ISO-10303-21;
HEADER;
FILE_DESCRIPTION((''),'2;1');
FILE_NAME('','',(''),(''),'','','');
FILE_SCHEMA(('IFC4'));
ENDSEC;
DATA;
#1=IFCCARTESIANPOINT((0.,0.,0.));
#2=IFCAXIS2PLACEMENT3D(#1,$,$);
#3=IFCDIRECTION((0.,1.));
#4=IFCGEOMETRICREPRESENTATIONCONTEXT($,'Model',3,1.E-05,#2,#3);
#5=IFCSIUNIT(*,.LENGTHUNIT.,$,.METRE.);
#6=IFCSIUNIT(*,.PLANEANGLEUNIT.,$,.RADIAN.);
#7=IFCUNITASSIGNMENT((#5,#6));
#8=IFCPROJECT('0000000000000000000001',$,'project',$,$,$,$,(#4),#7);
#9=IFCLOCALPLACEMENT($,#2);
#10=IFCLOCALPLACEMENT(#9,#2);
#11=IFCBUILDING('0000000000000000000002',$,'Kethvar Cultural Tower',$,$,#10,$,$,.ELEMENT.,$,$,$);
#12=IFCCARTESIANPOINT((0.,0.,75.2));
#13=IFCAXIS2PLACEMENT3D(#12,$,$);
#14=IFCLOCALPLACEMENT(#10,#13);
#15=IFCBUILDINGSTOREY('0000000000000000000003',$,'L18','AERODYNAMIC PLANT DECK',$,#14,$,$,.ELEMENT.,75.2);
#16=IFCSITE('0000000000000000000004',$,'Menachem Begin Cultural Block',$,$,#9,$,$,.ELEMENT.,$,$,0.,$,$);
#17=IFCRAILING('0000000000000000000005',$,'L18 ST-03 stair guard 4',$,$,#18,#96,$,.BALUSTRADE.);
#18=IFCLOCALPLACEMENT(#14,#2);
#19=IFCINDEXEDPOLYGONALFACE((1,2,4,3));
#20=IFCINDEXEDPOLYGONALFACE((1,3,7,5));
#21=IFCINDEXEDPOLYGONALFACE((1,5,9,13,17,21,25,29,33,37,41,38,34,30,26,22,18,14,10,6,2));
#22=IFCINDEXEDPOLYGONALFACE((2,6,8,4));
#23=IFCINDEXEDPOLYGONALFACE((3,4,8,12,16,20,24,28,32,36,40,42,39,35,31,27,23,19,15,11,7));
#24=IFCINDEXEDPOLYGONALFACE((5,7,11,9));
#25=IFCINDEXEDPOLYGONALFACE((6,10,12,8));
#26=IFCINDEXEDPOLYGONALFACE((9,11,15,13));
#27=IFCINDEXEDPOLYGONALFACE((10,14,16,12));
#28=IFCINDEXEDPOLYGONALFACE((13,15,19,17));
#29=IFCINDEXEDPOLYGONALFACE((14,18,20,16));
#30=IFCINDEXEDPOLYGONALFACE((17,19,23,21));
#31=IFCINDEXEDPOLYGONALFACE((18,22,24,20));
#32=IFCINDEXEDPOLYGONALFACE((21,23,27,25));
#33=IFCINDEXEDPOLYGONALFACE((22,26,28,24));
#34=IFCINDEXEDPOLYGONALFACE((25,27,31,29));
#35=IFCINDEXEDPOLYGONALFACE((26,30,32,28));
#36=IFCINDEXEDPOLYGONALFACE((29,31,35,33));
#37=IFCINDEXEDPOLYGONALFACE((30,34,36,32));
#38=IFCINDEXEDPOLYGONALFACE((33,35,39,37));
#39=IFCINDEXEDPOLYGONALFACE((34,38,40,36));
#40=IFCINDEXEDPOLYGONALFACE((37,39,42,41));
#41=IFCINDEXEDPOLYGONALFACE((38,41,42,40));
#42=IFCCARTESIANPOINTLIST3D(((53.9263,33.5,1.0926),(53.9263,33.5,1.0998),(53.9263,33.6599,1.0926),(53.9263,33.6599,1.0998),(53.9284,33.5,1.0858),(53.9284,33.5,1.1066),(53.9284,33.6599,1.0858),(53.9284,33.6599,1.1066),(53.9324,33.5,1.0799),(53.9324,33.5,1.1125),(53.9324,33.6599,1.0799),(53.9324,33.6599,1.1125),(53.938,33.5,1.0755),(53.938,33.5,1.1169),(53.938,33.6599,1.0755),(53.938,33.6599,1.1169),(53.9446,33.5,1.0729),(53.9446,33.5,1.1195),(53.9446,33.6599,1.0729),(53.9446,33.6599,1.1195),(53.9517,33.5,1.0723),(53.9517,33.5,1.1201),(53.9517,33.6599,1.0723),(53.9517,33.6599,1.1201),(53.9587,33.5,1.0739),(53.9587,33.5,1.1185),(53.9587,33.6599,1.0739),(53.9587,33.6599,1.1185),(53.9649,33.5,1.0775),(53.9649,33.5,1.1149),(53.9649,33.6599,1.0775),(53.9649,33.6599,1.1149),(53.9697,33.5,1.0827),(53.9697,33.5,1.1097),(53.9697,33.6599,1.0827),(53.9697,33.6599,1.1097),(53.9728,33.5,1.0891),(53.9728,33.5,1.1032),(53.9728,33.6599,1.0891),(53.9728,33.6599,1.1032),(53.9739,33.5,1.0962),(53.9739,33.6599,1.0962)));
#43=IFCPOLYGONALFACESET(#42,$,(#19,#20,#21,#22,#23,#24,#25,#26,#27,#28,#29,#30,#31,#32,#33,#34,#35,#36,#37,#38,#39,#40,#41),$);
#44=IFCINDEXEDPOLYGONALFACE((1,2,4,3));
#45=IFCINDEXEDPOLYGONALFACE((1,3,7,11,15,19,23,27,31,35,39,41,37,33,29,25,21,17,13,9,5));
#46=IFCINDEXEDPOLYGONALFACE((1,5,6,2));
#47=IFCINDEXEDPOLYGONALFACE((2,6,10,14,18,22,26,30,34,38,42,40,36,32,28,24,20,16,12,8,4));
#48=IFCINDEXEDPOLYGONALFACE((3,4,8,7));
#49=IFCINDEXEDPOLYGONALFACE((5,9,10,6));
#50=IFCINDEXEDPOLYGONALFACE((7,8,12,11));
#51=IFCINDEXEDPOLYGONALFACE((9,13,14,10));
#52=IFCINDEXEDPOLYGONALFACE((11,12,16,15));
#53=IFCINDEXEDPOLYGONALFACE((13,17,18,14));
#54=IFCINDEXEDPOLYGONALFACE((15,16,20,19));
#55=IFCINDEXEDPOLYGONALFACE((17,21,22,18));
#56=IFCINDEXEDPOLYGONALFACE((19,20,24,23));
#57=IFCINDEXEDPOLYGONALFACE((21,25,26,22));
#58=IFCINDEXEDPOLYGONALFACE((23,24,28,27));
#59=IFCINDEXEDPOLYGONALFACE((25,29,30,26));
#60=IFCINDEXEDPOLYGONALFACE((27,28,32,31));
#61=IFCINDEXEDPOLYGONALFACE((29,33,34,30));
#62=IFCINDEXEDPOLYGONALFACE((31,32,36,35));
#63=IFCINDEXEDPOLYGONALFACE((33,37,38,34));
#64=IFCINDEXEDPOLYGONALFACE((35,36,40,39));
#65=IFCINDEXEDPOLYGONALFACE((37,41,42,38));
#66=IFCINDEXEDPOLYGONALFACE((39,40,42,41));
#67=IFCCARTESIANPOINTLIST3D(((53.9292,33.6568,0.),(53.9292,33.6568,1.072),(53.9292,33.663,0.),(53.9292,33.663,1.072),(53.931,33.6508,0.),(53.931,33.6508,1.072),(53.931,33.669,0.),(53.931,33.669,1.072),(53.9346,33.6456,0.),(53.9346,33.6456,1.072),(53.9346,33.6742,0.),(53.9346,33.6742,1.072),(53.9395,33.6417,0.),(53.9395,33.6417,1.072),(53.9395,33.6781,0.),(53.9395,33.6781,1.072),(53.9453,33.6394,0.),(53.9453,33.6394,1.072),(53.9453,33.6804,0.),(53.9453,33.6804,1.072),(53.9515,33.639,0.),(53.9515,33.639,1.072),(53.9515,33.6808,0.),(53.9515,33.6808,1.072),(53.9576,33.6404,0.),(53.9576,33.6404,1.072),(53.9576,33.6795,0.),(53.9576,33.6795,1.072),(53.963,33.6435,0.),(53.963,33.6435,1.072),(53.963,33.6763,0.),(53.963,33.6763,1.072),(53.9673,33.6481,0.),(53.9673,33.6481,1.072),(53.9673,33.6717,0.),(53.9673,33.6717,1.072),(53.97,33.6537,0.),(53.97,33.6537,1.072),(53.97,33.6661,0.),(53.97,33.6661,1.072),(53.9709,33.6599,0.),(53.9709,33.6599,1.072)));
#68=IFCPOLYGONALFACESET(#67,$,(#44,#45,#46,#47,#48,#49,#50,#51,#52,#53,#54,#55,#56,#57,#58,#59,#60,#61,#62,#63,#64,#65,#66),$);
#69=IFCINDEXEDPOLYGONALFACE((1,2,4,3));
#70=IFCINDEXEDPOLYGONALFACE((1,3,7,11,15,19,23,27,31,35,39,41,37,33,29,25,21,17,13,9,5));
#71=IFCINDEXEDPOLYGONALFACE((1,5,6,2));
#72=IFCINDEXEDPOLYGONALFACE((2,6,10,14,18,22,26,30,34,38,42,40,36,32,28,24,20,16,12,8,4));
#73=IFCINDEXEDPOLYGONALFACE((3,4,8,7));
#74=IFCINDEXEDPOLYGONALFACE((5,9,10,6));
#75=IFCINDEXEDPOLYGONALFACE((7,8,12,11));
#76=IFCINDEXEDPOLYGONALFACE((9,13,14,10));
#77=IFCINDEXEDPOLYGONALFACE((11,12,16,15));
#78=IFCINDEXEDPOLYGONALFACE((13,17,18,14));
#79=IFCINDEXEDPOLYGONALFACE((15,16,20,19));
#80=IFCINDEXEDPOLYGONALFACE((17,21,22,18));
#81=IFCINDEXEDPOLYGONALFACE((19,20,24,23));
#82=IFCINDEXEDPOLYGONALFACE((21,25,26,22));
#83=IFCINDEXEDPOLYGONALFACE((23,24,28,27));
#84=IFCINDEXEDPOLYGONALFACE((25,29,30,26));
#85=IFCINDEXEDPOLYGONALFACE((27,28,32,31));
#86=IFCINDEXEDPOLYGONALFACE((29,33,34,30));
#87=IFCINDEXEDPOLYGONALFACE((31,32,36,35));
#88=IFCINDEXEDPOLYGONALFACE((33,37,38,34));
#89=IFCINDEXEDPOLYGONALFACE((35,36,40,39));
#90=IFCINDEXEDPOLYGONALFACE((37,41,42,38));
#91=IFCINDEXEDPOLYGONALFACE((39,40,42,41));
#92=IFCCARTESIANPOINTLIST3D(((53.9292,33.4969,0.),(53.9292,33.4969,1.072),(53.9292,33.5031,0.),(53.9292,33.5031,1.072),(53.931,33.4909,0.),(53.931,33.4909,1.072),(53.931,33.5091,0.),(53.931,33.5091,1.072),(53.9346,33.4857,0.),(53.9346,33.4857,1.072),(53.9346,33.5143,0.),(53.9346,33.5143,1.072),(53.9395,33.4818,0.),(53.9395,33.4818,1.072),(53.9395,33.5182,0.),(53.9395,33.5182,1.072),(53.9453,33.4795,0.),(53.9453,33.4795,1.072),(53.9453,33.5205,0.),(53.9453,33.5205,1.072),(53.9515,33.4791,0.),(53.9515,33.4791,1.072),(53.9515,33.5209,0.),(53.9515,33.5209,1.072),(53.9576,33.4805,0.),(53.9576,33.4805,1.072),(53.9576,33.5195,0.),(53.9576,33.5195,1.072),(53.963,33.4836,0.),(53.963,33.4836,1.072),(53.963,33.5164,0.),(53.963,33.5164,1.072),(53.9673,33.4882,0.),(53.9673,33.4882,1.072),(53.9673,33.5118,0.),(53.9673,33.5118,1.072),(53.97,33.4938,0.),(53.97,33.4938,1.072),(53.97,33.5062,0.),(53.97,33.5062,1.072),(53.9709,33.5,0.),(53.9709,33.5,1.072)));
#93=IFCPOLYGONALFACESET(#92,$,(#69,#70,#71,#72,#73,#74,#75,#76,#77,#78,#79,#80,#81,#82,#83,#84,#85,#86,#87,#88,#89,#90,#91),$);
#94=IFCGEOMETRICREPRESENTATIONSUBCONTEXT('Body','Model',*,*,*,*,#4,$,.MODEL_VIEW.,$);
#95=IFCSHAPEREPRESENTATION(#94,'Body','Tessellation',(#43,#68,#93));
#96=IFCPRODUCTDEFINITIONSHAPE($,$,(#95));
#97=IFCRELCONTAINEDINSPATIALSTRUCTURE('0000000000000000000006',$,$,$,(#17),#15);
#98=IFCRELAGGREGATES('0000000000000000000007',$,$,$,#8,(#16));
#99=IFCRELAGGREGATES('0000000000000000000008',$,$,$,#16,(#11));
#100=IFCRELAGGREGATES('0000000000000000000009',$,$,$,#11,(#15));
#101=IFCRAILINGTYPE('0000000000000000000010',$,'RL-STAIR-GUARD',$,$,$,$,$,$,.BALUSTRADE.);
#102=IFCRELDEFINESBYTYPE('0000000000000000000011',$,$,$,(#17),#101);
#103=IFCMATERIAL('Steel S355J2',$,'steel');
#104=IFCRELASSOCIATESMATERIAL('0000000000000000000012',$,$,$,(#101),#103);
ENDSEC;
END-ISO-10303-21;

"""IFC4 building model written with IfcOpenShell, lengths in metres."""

from ifc_helpers import new_model, si_unit, direction, frame, origin, origin_2d, place, context, subcontext, project, spatial, circle, extrude, material, type_object, element, save


model = new_model("IFC4")

# Units and contexts
model_context = context("Model", 3, precision=1e-05, world=origin(), true_north=direction((0.0, 1.0)))
body_context = subcontext(model_context, "Body", "Model", "MODEL_VIEW")
ifc_project = project(units=[si_unit("LENGTHUNIT", "METRE"), si_unit("PLANEANGLEUNIT", "RADIAN")], contexts=[model_context])

# Site, building, storey
site_placement = place(None, origin())
site = spatial("IfcSite", under=ifc_project, at=site_placement, Name="Menachem Begin Cultural Block", CompositionType="ELEMENT", RefElevation=0.0)
building_placement = place(site_placement, origin())
building = spatial("IfcBuilding", under=site, at=building_placement, Name="Kethvar Cultural Tower", CompositionType="ELEMENT")
storey_placement = place(building_placement, frame((0.0, 0.0, 75.2)))
storey = spatial("IfcBuildingStorey", under=building, at=storey_placement, Name="L18", Description="AERODYNAMIC PLANT DECK", CompositionType="ELEMENT", Elevation=75.2)

# Shared definitions
ifc_material_1 = material(Name="Steel S355J2", Category="steel")

# Railing
railing_type_1 = type_object("IfcRailingType", Name="RL-STAIR-GUARD", PredefinedType="BALUSTRADE", material=ifc_material_1)
railing_1_placement = place(storey_placement, frame((53.95, 33.6599, 0.0)))
element("IfcRailing", 1, at=railing_1_placement, inside=storey, type_object=railing_type_1, Name="L18 ST-03 stair guard 4", PredefinedType="BALUSTRADE", context=body_context, shape_type="SweptSolid", body=[
    extrude(circle(Radius=0.0239, at=origin_2d()), frame((0.0, 0.0, 1.0962), z_axis=(0.0, -1.0, 0.0), x_axis=(1.0, 0.0, 0.0)), (0.0, 0.0, 1.0), 0.1599),
    extrude(circle(Radius=0.021, at=origin_2d()), origin(), (0.0, 0.0, 1.0), 1.072),
    extrude(circle(Radius=0.021, at=origin_2d()), frame((0.0, -0.1599, 0.0)), (0.0, 0.0, 1.0), 1.072),
])

save(model, "model.ifc")
